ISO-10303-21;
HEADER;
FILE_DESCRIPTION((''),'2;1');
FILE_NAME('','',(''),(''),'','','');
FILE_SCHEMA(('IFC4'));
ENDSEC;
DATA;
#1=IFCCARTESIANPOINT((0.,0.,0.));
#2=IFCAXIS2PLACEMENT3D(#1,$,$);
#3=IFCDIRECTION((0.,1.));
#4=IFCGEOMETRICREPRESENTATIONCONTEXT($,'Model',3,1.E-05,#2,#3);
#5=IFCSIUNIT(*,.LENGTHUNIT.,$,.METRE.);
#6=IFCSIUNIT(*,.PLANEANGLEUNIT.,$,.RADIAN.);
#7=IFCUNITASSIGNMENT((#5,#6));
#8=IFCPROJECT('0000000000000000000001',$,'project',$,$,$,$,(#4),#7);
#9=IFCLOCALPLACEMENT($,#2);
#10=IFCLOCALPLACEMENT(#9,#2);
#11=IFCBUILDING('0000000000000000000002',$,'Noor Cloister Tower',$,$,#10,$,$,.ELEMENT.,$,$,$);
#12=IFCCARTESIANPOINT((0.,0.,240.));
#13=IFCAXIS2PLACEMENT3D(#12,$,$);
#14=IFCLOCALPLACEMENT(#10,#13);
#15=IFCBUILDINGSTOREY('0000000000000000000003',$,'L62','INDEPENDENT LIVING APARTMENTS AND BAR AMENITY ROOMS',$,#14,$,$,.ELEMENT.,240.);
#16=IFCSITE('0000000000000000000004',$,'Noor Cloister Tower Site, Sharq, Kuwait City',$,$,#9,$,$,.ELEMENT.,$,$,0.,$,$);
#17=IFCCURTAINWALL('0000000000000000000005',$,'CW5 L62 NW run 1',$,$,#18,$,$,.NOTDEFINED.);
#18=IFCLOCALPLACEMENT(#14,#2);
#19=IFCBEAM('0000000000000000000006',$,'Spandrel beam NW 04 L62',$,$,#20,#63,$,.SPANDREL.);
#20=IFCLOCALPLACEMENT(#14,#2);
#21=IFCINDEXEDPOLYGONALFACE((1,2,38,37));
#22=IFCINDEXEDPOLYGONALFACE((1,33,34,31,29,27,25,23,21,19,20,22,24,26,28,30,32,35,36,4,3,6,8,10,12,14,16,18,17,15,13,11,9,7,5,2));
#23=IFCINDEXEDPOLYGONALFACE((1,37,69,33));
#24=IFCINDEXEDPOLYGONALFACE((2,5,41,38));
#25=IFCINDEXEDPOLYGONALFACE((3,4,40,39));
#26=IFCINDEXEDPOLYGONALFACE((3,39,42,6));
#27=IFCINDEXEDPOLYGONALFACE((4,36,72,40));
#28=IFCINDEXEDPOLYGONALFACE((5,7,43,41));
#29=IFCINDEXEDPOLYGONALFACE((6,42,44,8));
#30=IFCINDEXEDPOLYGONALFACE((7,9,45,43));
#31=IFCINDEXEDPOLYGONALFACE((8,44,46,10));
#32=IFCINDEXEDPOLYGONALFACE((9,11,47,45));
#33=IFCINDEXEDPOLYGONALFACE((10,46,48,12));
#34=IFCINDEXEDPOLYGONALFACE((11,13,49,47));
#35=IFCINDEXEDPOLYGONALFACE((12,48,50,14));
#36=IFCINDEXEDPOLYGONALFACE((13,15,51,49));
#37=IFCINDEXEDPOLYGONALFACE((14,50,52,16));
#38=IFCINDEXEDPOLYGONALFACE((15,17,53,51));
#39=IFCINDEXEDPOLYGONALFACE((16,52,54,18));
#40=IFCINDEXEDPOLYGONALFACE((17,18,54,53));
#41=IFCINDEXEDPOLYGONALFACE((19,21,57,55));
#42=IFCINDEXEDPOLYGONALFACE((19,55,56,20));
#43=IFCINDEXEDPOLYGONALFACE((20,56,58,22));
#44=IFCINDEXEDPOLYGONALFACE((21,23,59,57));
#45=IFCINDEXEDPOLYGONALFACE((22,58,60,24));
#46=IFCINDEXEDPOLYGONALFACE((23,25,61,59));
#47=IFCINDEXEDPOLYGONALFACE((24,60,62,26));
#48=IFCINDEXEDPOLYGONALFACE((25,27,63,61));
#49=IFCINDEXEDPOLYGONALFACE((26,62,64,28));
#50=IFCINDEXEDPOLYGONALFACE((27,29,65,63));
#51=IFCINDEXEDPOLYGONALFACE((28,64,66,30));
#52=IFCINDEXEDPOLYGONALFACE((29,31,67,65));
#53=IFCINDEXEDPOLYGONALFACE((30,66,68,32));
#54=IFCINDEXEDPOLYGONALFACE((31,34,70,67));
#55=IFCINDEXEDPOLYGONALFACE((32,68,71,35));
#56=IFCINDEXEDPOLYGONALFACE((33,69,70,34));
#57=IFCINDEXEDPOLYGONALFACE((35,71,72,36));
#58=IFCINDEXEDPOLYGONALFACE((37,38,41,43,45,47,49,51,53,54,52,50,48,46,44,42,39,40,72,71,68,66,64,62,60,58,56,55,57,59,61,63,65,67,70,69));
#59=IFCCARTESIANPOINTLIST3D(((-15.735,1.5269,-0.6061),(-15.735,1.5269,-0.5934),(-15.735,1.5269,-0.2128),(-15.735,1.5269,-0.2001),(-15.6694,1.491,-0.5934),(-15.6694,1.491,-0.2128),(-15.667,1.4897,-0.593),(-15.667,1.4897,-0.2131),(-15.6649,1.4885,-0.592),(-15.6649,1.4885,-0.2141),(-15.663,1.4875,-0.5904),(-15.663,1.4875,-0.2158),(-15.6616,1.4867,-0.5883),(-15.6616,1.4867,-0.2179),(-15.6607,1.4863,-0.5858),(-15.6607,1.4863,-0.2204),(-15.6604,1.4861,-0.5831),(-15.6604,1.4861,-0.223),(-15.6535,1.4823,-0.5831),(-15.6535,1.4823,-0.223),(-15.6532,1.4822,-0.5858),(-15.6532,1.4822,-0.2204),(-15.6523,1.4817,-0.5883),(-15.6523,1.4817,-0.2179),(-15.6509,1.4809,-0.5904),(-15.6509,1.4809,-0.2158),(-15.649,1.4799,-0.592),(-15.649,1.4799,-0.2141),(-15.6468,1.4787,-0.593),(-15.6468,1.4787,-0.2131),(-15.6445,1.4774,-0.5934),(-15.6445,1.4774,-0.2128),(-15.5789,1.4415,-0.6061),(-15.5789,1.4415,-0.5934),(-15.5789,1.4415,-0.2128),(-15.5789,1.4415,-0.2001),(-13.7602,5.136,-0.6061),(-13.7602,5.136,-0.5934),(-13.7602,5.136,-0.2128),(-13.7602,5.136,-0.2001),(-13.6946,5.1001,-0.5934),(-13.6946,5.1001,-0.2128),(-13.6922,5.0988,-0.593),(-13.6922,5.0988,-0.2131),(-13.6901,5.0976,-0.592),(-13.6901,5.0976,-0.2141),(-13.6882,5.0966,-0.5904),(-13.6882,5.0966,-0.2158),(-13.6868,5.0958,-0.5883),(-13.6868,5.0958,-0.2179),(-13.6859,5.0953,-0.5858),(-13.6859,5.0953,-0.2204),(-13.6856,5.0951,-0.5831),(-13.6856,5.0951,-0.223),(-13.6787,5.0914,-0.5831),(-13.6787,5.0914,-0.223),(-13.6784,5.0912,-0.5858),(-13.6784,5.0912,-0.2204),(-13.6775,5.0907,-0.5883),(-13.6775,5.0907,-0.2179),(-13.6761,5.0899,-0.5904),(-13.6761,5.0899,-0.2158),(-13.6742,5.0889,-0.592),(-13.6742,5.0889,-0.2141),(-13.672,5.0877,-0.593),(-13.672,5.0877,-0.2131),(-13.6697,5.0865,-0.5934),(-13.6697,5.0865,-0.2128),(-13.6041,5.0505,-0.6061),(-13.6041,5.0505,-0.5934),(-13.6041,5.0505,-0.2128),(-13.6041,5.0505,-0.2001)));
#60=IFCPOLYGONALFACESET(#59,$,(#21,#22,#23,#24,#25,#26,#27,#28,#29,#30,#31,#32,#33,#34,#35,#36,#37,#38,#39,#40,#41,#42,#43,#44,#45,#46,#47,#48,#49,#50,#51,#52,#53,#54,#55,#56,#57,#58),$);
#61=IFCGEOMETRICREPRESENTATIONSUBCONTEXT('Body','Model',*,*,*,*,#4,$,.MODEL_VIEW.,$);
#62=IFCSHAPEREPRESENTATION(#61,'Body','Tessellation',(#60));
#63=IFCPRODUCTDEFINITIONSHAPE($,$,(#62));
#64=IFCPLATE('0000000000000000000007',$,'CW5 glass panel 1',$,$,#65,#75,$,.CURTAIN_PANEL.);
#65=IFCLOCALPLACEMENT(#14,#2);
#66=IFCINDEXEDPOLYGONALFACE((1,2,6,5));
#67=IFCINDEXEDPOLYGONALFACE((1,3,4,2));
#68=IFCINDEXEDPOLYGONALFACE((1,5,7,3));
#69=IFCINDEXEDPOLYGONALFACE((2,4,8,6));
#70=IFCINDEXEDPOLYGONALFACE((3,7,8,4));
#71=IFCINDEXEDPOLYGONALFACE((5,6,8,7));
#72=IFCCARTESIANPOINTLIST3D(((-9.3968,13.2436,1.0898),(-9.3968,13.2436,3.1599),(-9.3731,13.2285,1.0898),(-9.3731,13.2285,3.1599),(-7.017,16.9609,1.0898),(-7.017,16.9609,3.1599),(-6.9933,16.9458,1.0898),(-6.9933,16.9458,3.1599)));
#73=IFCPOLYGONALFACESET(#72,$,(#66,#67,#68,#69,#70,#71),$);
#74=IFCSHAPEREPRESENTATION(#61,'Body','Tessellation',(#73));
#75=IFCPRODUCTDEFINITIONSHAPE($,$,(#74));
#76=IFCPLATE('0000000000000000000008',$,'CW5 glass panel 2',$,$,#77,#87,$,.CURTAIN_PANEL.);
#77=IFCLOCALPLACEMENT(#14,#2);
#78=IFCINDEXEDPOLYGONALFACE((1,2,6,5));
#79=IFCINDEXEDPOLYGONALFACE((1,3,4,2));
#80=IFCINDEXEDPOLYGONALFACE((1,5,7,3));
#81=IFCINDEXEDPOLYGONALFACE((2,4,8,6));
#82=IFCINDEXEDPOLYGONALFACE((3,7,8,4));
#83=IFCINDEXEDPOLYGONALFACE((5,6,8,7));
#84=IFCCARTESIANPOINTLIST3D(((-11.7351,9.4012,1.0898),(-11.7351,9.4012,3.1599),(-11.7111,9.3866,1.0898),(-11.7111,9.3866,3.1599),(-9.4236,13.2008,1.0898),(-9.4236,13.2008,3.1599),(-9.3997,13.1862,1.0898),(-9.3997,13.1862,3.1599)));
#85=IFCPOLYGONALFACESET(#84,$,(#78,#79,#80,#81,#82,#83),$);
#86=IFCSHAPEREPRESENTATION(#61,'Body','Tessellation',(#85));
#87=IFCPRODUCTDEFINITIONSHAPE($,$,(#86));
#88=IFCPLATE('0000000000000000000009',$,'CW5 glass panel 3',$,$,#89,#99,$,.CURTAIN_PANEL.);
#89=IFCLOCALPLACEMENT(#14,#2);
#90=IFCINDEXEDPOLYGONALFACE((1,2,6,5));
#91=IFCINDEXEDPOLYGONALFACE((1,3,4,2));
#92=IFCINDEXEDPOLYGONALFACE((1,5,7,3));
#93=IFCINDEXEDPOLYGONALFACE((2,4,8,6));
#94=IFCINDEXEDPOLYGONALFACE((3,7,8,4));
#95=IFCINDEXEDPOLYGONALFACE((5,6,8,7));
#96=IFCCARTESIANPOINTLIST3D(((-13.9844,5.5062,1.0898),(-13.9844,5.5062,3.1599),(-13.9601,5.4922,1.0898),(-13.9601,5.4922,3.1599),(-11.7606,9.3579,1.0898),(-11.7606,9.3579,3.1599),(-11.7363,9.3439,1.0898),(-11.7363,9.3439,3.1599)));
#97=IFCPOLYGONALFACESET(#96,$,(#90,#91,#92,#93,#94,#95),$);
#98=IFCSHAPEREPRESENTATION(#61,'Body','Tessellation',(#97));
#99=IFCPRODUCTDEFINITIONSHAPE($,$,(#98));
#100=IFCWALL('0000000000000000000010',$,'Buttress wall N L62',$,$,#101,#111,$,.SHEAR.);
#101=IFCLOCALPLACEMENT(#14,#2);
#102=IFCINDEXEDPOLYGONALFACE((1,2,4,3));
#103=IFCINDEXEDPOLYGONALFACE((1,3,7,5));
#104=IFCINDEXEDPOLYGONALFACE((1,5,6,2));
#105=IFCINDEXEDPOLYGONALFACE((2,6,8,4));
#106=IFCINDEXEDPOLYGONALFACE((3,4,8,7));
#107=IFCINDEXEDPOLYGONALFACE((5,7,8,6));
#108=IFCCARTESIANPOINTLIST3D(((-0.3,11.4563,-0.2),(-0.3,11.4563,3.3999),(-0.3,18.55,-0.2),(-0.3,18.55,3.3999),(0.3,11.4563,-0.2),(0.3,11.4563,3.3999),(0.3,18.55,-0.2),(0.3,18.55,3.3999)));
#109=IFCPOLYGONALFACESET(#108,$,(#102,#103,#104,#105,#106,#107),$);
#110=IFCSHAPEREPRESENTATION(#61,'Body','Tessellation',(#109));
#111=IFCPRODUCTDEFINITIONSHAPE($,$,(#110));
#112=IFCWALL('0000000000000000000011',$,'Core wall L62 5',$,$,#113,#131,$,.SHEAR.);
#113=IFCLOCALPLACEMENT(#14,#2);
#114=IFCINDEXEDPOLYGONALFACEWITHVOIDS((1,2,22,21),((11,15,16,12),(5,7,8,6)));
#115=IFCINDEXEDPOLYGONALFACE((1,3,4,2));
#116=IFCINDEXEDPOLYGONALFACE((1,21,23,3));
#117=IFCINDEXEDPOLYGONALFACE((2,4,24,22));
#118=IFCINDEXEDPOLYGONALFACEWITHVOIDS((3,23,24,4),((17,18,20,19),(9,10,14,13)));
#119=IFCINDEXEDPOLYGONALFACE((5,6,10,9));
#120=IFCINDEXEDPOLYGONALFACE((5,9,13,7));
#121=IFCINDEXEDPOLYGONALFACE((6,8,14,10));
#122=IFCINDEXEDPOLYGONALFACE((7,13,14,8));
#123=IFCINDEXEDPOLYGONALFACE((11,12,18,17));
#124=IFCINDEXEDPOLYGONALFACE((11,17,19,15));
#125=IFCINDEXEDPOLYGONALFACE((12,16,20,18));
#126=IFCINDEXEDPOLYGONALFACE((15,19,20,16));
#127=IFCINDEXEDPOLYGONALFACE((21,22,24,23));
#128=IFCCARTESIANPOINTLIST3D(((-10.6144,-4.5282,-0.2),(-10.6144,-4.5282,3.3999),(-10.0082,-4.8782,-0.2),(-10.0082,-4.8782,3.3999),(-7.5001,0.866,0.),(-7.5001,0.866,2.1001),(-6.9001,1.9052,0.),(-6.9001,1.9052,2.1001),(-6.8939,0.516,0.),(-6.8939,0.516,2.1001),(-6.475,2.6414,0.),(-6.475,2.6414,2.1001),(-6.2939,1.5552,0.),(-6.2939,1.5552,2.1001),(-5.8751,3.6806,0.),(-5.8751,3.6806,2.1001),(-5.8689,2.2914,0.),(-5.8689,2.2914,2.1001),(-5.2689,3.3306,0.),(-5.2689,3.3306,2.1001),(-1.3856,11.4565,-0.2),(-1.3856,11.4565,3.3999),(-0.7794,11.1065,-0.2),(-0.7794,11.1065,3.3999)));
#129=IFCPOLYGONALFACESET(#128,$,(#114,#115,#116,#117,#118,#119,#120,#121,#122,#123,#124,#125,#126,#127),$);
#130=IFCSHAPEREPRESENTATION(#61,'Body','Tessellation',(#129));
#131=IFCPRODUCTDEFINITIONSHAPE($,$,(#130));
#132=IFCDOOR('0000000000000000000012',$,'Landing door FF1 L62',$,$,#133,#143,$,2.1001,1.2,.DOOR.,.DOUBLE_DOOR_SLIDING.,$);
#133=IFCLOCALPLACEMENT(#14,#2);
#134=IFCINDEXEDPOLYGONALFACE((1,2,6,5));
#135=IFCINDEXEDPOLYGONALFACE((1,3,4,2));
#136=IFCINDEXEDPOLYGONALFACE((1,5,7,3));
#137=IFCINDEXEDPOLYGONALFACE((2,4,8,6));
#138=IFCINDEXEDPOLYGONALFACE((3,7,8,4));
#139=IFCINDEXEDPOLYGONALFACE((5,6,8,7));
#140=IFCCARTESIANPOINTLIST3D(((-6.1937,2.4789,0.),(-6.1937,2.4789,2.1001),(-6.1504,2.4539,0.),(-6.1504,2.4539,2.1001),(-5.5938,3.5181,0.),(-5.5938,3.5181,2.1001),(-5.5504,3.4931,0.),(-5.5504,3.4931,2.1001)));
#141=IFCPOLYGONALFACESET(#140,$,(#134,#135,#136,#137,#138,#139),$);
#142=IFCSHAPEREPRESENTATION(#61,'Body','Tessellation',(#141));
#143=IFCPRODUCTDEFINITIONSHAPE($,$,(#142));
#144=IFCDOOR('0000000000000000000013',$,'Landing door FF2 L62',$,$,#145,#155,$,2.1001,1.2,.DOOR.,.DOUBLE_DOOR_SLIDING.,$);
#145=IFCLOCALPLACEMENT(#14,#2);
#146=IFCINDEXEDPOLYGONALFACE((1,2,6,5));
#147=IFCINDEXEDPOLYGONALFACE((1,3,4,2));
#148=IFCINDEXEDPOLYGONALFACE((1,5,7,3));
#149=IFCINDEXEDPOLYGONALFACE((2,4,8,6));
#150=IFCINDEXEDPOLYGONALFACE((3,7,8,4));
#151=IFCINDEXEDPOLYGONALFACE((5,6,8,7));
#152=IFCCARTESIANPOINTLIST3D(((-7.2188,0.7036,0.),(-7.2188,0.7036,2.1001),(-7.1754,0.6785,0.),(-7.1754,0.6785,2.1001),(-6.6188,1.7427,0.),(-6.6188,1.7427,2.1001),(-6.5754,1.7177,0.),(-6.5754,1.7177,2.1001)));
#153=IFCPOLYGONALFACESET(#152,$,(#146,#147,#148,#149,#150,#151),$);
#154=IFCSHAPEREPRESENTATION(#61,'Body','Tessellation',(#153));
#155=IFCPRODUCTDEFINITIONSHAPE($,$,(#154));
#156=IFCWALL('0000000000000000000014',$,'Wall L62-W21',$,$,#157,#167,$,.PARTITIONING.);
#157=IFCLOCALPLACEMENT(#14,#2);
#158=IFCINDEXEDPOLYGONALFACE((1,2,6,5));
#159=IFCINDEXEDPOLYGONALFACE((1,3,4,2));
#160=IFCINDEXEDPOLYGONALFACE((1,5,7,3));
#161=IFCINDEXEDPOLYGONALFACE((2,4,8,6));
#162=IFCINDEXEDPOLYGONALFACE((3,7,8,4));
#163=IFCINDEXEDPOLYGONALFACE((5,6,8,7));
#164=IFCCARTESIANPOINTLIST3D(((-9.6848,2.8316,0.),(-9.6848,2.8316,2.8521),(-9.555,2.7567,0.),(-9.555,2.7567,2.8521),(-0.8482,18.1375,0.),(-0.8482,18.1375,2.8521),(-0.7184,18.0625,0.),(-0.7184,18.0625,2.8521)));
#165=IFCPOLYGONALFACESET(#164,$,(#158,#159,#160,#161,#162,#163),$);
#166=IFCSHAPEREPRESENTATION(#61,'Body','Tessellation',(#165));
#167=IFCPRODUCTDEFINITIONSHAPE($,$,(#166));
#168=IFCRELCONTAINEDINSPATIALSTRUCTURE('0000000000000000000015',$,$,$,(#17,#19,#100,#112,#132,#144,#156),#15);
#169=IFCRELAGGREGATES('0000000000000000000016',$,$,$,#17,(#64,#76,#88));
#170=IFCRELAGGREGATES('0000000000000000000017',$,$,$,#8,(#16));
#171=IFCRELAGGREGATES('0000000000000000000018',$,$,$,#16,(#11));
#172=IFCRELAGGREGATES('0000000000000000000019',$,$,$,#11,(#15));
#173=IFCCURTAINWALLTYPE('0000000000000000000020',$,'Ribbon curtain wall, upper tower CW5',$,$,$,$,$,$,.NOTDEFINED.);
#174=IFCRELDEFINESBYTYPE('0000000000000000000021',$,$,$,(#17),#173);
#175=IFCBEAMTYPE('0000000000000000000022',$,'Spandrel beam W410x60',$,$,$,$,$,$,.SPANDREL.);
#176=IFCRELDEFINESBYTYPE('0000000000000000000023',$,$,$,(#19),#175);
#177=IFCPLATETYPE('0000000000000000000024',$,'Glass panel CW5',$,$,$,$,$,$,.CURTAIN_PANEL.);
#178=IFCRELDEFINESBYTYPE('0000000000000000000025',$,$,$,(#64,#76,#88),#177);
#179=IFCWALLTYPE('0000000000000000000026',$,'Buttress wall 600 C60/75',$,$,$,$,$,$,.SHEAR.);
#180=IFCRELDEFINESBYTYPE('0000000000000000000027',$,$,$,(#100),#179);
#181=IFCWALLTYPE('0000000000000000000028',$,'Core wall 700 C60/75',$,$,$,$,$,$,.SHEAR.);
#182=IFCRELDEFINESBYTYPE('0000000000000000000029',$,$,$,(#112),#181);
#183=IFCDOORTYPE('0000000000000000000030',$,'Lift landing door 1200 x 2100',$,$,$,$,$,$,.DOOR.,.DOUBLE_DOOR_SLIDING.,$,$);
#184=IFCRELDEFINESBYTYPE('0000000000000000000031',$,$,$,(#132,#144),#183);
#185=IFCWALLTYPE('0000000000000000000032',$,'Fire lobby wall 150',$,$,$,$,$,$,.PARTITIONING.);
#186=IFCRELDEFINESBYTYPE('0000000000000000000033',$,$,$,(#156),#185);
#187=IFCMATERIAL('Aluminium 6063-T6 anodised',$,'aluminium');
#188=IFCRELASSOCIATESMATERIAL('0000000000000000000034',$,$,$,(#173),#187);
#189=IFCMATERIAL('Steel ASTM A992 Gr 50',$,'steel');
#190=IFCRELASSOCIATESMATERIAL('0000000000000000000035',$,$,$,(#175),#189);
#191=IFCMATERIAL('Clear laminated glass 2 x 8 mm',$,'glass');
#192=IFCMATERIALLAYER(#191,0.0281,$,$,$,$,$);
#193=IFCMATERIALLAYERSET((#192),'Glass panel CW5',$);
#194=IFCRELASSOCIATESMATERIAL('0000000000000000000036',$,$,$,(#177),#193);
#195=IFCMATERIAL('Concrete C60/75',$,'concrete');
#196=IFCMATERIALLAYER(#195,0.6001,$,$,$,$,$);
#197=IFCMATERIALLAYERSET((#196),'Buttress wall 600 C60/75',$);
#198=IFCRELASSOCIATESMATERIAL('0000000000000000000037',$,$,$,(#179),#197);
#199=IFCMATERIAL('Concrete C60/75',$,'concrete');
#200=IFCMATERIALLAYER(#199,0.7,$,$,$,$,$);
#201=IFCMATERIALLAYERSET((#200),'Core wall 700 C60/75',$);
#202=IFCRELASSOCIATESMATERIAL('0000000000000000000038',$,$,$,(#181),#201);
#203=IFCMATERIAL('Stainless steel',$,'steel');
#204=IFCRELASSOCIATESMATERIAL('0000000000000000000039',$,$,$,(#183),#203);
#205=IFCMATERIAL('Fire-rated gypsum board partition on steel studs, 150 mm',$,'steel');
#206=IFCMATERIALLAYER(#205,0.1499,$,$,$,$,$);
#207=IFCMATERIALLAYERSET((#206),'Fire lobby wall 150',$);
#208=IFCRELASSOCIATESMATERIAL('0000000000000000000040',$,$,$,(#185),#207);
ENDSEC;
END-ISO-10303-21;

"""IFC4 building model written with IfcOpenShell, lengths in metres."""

from ifc_helpers import new_model, si_unit, direction, frame, frame_2d, origin, origin_2d, place, context, subcontext, project, spatial, rectangle, i_section, extrude, material, layer, layer_set, material_profile, profile_set, type_object, element, fill, aggregate, save


model = new_model("IFC4")

# Units and contexts
model_context = context("Model", 3, precision=1e-05, world=origin(), true_north=direction((0.0, 1.0)))
body_context = subcontext(model_context, "Body", "Model", "MODEL_VIEW")
ifc_project = project(units=[si_unit("LENGTHUNIT", "METRE"), si_unit("PLANEANGLEUNIT", "RADIAN")], contexts=[model_context])

# Site, building, storey
site_placement = place(None, origin())
site = spatial("IfcSite", under=ifc_project, at=site_placement, Name="Noor Cloister Tower Site, Sharq, Kuwait City", CompositionType="ELEMENT", RefElevation=0.0)
building_placement = place(site_placement, origin())
building = spatial("IfcBuilding", under=site, at=building_placement, Name="Noor Cloister Tower", CompositionType="ELEMENT")
storey_placement = place(building_placement, frame((0.0, 0.0, 240.0)))
storey = spatial("IfcBuildingStorey", under=building, at=storey_placement, Name="L62", Description="INDEPENDENT LIVING APARTMENTS AND BAR AMENITY ROOMS", CompositionType="ELEMENT", Elevation=240.0)

# Curtain wall
ifc_material_1 = material(Name="Aluminium 6063-T6 anodised", Category="aluminium")
curtain_wall_type = type_object("IfcCurtainWallType", Name="Ribbon curtain wall, upper tower CW5", PredefinedType="NOTDEFINED", material=ifc_material_1)
curtain_wall_placement = place(storey_placement, origin())
curtain_wall = element("IfcCurtainWall", 1, at=curtain_wall_placement, inside=storey, type_object=curtain_wall_type, Name="CW5 L62 NW run 1", PredefinedType="NOTDEFINED")

# Beam
ifc_material_2 = material(Name="Steel ASTM A992 Gr 50", Category="steel")
ifc_material_profile_1 = material_profile(ifc_material_2, i_section(OverallWidth=0.178, OverallDepth=0.406, WebThickness=0.0078, FlangeThickness=0.0127, FilletRadius=0.0103, at=origin_2d()), Name="W410x60")
ifc_profile_set_1 = profile_set([ifc_material_profile_1], Name="Steel ASTM A992 Gr 50")
beam_type_1 = type_object("IfcBeamType", Name="Spandrel beam W410x60", PredefinedType="SPANDREL", material=ifc_profile_set_1)
beam_1_placement = place(storey_placement, frame((-13.6821, 5.0933, -0.4031), z_axis=(-0.48002, -0.877258, 0.0), x_axis=(0.877258, -0.48002, 0.0)))
element("IfcBeam", 2, at=beam_1_placement, inside=storey, type_object=beam_type_1, Name="Spandrel beam NW 04 L62", PredefinedType="SPANDREL", context=body_context, shape_type="SweptSolid", body=[
    extrude(i_section(OverallWidth=0.178, OverallDepth=0.406, WebThickness=0.0078, FlangeThickness=0.0127, FilletRadius=0.0103, at=origin_2d()), origin(), (0.0, 0.0, 1.0), 4.114),
])

# Plates
ifc_material_3 = material(Name="Clear laminated glass 2 x 8 mm", Category="glass")
ifc_layer_1 = layer(ifc_material_3, 0.0281)
ifc_layer_set_1 = layer_set([ifc_layer_1], Name="Glass panel CW5")
plate_type = type_object("IfcPlateType", Name="Glass panel CW5", PredefinedType="CURTAIN_PANEL", material=ifc_layer_set_1)
plate_1_placement = place(storey_placement, frame((-8.1951, 15.0947, 1.0898), z_axis=(0.0, 0.0, 1.0), x_axis=(-0.539171, -0.842196, 0.0)))
plate_1 = element("IfcPlate", 3, at=plate_1_placement, type_object=plate_type, Name="CW5 glass panel 1", PredefinedType="CURTAIN_PANEL", context=body_context, shape_type="SweptSolid", body=[
    extrude(rectangle(XDim=4.4138, YDim=0.0281, at=origin_2d()), origin(), (0.0, 0.0, 1.0), 2.0701),
])
plate_2_placement = place(storey_placement, frame((-10.5674, 11.2937, 1.0898), z_axis=(0.0, 0.0, 1.0), x_axis=(-0.519722, -0.854335, 0.0)))
plate_2 = element("IfcPlate", 4, at=plate_2_placement, type_object=plate_type, Name="CW5 glass panel 2", PredefinedType="CURTAIN_PANEL", context=body_context, shape_type="SweptSolid", body=[
    extrude(rectangle(XDim=4.4475, YDim=0.0281, at=origin_2d()), origin(), (0.0, 0.0, 1.0), 2.0701),
])
plate_3_placement = place(storey_placement, frame((-12.8604, 7.425, 1.0898), z_axis=(0.0, 0.0, 1.0), x_axis=(-0.5, -0.866025, 0.0)))
plate_3 = element("IfcPlate", 5, at=plate_3_placement, type_object=plate_type, Name="CW5 glass panel 3", PredefinedType="CURTAIN_PANEL", context=body_context, shape_type="SweptSolid", body=[
    extrude(rectangle(XDim=4.4475, YDim=0.0281, at=origin_2d()), origin(), (0.0, 0.0, 1.0), 2.0701),
])
aggregate(curtain_wall, [plate_1, plate_2, plate_3])

# Wall
ifc_material_4 = material(Name="Concrete C60/75", Category="concrete")
ifc_layer_2 = layer(ifc_material_4, 0.6001)
ifc_layer_set_2 = layer_set([ifc_layer_2], Name="Buttress wall 600 C60/75")
wall_type_1 = type_object("IfcWallType", Name="Buttress wall 600 C60/75", PredefinedType="SHEAR", material=ifc_layer_set_2)
wall_1_placement = place(storey_placement, frame((0.0, 11.4563, -0.2), z_axis=(0.0, 0.0, 1.0), x_axis=(0.0, 1.0, 0.0)))
element("IfcWall", 6, at=wall_1_placement, inside=storey, type_object=wall_type_1, Name="Buttress wall N L62", PredefinedType="SHEAR", context=body_context, shape_type="SweptSolid", body=[
    extrude(rectangle(XDim=7.0938, YDim=0.6001, at=frame_2d((3.5469, 0.0))), origin(), (0.0, 0.0, 1.0), 3.5999),
])

# Wall, openings, doors
ifc_material_5 = material(Name="Concrete C60/75", Category="concrete")
ifc_layer_3 = layer(ifc_material_5, 0.7)
ifc_layer_set_3 = layer_set([ifc_layer_3], Name="Core wall 700 C60/75")
wall_type_2 = type_object("IfcWallType", Name="Core wall 700 C60/75", PredefinedType="SHEAR", material=ifc_layer_set_3)
wall_2_placement = place(storey_placement, frame((-1.0825, 11.2815, -0.2), z_axis=(0.0, 0.0, 1.0), x_axis=(-0.500001, -0.866025, 0.0)))
wall_2 = element("IfcWall", 7, at=wall_2_placement, inside=storey, type_object=wall_type_2, Name="Core wall L62 5", PredefinedType="SHEAR", context=body_context, shape_type="SweptSolid", body=[
    extrude(rectangle(XDim=18.4575, YDim=0.7, at=frame_2d((9.2288, 0.0))), origin(), (0.0, 0.0, 1.0), 3.5999),
])
opening_1_placement = place(wall_2_placement, frame((8.9788, 0.0, 0.2)))
opening_1 = element("IfcOpeningElement", 8, at=opening_1_placement, cuts=wall_2, PredefinedType="OPENING", context=body_context, shape_type="SweptSolid", body=[
    extrude(rectangle(XDim=1.2, YDim=2.1001, at=frame_2d((0.6001, 1.05))), frame((0.0, 0.3599, 0.0), z_axis=(0.0, -1.0, 0.0), x_axis=(1.0, 0.0, 0.0)), (0.0, 0.0, 1.0), 0.72),
])
opening_2_placement = place(wall_2_placement, frame((11.0288, 0.0, 0.2)))
opening_2 = element("IfcOpeningElement", 9, at=opening_2_placement, cuts=wall_2, PredefinedType="OPENING", context=body_context, shape_type="SweptSolid", body=[
    extrude(rectangle(XDim=1.2, YDim=2.1001, at=frame_2d((0.6001, 1.05))), frame((0.0, 0.3599, 0.0), z_axis=(0.0, -1.0, 0.0), x_axis=(1.0, 0.0, 0.0)), (0.0, 0.0, 1.0), 0.72),
])
ifc_material_6 = material(Name="Stainless steel", Category="steel")
door_type = type_object("IfcDoorType", Name="Lift landing door 1200 x 2100", OperationType="DOUBLE_DOOR_SLIDING", PredefinedType="DOOR", material=ifc_material_6)
door_1_placement = place(opening_1_placement, origin())
door_1 = element("IfcDoor", 10, at=door_1_placement, inside=storey, type_object=door_type, Name="Landing door FF1 L62", OperationType="DOUBLE_DOOR_SLIDING", OverallHeight=2.1001, OverallWidth=1.2, PredefinedType="DOOR", context=body_context, shape_type="SweptSolid", body=[
    extrude(rectangle(XDim=1.2, YDim=2.1001, at=frame_2d((0.6001, 1.05))), frame((0.0, 0.0249, 0.0), z_axis=(0.0, -1.0, 0.0), x_axis=(1.0, 0.0, 0.0)), (0.0, 0.0, 1.0), 0.05),
])
fill(opening_1, door_1)
door_2_placement = place(opening_2_placement, origin())
door_2 = element("IfcDoor", 11, at=door_2_placement, inside=storey, type_object=door_type, Name="Landing door FF2 L62", OperationType="DOUBLE_DOOR_SLIDING", OverallHeight=2.1001, OverallWidth=1.2, PredefinedType="DOOR", context=body_context, shape_type="SweptSolid", body=[
    extrude(rectangle(XDim=1.2, YDim=2.1001, at=frame_2d((0.6001, 1.05))), frame((0.0, 0.0249, 0.0), z_axis=(0.0, -1.0, 0.0), x_axis=(1.0, 0.0, 0.0)), (0.0, 0.0, 1.0), 0.05),
])
fill(opening_2, door_2)

# Wall
ifc_material_7 = material(Name="Fire-rated gypsum board partition on steel studs, 150 mm", Category="steel")
ifc_layer_4 = layer(ifc_material_7, 0.1499)
ifc_layer_set_4 = layer_set([ifc_layer_4], Name="Fire lobby wall 150")
wall_type_3 = type_object("IfcWallType", Name="Fire lobby wall 150", PredefinedType="PARTITIONING", material=ifc_layer_set_4)
wall_3_placement = place(storey_placement, frame((-0.7832, 18.1001, 0.0), z_axis=(0.0, 0.0, 1.0), x_axis=(-0.499992, -0.86603, 0.0)))
element("IfcWall", 12, at=wall_3_placement, inside=storey, type_object=wall_type_3, Name="Wall L62-W21", PredefinedType="PARTITIONING", context=body_context, shape_type="SweptSolid", body=[
    extrude(rectangle(XDim=17.6736, YDim=0.1499, at=frame_2d((8.8369, 0.0))), origin(), (0.0, 0.0, 1.0), 2.8521),
])

save(model, "model.ifc")
